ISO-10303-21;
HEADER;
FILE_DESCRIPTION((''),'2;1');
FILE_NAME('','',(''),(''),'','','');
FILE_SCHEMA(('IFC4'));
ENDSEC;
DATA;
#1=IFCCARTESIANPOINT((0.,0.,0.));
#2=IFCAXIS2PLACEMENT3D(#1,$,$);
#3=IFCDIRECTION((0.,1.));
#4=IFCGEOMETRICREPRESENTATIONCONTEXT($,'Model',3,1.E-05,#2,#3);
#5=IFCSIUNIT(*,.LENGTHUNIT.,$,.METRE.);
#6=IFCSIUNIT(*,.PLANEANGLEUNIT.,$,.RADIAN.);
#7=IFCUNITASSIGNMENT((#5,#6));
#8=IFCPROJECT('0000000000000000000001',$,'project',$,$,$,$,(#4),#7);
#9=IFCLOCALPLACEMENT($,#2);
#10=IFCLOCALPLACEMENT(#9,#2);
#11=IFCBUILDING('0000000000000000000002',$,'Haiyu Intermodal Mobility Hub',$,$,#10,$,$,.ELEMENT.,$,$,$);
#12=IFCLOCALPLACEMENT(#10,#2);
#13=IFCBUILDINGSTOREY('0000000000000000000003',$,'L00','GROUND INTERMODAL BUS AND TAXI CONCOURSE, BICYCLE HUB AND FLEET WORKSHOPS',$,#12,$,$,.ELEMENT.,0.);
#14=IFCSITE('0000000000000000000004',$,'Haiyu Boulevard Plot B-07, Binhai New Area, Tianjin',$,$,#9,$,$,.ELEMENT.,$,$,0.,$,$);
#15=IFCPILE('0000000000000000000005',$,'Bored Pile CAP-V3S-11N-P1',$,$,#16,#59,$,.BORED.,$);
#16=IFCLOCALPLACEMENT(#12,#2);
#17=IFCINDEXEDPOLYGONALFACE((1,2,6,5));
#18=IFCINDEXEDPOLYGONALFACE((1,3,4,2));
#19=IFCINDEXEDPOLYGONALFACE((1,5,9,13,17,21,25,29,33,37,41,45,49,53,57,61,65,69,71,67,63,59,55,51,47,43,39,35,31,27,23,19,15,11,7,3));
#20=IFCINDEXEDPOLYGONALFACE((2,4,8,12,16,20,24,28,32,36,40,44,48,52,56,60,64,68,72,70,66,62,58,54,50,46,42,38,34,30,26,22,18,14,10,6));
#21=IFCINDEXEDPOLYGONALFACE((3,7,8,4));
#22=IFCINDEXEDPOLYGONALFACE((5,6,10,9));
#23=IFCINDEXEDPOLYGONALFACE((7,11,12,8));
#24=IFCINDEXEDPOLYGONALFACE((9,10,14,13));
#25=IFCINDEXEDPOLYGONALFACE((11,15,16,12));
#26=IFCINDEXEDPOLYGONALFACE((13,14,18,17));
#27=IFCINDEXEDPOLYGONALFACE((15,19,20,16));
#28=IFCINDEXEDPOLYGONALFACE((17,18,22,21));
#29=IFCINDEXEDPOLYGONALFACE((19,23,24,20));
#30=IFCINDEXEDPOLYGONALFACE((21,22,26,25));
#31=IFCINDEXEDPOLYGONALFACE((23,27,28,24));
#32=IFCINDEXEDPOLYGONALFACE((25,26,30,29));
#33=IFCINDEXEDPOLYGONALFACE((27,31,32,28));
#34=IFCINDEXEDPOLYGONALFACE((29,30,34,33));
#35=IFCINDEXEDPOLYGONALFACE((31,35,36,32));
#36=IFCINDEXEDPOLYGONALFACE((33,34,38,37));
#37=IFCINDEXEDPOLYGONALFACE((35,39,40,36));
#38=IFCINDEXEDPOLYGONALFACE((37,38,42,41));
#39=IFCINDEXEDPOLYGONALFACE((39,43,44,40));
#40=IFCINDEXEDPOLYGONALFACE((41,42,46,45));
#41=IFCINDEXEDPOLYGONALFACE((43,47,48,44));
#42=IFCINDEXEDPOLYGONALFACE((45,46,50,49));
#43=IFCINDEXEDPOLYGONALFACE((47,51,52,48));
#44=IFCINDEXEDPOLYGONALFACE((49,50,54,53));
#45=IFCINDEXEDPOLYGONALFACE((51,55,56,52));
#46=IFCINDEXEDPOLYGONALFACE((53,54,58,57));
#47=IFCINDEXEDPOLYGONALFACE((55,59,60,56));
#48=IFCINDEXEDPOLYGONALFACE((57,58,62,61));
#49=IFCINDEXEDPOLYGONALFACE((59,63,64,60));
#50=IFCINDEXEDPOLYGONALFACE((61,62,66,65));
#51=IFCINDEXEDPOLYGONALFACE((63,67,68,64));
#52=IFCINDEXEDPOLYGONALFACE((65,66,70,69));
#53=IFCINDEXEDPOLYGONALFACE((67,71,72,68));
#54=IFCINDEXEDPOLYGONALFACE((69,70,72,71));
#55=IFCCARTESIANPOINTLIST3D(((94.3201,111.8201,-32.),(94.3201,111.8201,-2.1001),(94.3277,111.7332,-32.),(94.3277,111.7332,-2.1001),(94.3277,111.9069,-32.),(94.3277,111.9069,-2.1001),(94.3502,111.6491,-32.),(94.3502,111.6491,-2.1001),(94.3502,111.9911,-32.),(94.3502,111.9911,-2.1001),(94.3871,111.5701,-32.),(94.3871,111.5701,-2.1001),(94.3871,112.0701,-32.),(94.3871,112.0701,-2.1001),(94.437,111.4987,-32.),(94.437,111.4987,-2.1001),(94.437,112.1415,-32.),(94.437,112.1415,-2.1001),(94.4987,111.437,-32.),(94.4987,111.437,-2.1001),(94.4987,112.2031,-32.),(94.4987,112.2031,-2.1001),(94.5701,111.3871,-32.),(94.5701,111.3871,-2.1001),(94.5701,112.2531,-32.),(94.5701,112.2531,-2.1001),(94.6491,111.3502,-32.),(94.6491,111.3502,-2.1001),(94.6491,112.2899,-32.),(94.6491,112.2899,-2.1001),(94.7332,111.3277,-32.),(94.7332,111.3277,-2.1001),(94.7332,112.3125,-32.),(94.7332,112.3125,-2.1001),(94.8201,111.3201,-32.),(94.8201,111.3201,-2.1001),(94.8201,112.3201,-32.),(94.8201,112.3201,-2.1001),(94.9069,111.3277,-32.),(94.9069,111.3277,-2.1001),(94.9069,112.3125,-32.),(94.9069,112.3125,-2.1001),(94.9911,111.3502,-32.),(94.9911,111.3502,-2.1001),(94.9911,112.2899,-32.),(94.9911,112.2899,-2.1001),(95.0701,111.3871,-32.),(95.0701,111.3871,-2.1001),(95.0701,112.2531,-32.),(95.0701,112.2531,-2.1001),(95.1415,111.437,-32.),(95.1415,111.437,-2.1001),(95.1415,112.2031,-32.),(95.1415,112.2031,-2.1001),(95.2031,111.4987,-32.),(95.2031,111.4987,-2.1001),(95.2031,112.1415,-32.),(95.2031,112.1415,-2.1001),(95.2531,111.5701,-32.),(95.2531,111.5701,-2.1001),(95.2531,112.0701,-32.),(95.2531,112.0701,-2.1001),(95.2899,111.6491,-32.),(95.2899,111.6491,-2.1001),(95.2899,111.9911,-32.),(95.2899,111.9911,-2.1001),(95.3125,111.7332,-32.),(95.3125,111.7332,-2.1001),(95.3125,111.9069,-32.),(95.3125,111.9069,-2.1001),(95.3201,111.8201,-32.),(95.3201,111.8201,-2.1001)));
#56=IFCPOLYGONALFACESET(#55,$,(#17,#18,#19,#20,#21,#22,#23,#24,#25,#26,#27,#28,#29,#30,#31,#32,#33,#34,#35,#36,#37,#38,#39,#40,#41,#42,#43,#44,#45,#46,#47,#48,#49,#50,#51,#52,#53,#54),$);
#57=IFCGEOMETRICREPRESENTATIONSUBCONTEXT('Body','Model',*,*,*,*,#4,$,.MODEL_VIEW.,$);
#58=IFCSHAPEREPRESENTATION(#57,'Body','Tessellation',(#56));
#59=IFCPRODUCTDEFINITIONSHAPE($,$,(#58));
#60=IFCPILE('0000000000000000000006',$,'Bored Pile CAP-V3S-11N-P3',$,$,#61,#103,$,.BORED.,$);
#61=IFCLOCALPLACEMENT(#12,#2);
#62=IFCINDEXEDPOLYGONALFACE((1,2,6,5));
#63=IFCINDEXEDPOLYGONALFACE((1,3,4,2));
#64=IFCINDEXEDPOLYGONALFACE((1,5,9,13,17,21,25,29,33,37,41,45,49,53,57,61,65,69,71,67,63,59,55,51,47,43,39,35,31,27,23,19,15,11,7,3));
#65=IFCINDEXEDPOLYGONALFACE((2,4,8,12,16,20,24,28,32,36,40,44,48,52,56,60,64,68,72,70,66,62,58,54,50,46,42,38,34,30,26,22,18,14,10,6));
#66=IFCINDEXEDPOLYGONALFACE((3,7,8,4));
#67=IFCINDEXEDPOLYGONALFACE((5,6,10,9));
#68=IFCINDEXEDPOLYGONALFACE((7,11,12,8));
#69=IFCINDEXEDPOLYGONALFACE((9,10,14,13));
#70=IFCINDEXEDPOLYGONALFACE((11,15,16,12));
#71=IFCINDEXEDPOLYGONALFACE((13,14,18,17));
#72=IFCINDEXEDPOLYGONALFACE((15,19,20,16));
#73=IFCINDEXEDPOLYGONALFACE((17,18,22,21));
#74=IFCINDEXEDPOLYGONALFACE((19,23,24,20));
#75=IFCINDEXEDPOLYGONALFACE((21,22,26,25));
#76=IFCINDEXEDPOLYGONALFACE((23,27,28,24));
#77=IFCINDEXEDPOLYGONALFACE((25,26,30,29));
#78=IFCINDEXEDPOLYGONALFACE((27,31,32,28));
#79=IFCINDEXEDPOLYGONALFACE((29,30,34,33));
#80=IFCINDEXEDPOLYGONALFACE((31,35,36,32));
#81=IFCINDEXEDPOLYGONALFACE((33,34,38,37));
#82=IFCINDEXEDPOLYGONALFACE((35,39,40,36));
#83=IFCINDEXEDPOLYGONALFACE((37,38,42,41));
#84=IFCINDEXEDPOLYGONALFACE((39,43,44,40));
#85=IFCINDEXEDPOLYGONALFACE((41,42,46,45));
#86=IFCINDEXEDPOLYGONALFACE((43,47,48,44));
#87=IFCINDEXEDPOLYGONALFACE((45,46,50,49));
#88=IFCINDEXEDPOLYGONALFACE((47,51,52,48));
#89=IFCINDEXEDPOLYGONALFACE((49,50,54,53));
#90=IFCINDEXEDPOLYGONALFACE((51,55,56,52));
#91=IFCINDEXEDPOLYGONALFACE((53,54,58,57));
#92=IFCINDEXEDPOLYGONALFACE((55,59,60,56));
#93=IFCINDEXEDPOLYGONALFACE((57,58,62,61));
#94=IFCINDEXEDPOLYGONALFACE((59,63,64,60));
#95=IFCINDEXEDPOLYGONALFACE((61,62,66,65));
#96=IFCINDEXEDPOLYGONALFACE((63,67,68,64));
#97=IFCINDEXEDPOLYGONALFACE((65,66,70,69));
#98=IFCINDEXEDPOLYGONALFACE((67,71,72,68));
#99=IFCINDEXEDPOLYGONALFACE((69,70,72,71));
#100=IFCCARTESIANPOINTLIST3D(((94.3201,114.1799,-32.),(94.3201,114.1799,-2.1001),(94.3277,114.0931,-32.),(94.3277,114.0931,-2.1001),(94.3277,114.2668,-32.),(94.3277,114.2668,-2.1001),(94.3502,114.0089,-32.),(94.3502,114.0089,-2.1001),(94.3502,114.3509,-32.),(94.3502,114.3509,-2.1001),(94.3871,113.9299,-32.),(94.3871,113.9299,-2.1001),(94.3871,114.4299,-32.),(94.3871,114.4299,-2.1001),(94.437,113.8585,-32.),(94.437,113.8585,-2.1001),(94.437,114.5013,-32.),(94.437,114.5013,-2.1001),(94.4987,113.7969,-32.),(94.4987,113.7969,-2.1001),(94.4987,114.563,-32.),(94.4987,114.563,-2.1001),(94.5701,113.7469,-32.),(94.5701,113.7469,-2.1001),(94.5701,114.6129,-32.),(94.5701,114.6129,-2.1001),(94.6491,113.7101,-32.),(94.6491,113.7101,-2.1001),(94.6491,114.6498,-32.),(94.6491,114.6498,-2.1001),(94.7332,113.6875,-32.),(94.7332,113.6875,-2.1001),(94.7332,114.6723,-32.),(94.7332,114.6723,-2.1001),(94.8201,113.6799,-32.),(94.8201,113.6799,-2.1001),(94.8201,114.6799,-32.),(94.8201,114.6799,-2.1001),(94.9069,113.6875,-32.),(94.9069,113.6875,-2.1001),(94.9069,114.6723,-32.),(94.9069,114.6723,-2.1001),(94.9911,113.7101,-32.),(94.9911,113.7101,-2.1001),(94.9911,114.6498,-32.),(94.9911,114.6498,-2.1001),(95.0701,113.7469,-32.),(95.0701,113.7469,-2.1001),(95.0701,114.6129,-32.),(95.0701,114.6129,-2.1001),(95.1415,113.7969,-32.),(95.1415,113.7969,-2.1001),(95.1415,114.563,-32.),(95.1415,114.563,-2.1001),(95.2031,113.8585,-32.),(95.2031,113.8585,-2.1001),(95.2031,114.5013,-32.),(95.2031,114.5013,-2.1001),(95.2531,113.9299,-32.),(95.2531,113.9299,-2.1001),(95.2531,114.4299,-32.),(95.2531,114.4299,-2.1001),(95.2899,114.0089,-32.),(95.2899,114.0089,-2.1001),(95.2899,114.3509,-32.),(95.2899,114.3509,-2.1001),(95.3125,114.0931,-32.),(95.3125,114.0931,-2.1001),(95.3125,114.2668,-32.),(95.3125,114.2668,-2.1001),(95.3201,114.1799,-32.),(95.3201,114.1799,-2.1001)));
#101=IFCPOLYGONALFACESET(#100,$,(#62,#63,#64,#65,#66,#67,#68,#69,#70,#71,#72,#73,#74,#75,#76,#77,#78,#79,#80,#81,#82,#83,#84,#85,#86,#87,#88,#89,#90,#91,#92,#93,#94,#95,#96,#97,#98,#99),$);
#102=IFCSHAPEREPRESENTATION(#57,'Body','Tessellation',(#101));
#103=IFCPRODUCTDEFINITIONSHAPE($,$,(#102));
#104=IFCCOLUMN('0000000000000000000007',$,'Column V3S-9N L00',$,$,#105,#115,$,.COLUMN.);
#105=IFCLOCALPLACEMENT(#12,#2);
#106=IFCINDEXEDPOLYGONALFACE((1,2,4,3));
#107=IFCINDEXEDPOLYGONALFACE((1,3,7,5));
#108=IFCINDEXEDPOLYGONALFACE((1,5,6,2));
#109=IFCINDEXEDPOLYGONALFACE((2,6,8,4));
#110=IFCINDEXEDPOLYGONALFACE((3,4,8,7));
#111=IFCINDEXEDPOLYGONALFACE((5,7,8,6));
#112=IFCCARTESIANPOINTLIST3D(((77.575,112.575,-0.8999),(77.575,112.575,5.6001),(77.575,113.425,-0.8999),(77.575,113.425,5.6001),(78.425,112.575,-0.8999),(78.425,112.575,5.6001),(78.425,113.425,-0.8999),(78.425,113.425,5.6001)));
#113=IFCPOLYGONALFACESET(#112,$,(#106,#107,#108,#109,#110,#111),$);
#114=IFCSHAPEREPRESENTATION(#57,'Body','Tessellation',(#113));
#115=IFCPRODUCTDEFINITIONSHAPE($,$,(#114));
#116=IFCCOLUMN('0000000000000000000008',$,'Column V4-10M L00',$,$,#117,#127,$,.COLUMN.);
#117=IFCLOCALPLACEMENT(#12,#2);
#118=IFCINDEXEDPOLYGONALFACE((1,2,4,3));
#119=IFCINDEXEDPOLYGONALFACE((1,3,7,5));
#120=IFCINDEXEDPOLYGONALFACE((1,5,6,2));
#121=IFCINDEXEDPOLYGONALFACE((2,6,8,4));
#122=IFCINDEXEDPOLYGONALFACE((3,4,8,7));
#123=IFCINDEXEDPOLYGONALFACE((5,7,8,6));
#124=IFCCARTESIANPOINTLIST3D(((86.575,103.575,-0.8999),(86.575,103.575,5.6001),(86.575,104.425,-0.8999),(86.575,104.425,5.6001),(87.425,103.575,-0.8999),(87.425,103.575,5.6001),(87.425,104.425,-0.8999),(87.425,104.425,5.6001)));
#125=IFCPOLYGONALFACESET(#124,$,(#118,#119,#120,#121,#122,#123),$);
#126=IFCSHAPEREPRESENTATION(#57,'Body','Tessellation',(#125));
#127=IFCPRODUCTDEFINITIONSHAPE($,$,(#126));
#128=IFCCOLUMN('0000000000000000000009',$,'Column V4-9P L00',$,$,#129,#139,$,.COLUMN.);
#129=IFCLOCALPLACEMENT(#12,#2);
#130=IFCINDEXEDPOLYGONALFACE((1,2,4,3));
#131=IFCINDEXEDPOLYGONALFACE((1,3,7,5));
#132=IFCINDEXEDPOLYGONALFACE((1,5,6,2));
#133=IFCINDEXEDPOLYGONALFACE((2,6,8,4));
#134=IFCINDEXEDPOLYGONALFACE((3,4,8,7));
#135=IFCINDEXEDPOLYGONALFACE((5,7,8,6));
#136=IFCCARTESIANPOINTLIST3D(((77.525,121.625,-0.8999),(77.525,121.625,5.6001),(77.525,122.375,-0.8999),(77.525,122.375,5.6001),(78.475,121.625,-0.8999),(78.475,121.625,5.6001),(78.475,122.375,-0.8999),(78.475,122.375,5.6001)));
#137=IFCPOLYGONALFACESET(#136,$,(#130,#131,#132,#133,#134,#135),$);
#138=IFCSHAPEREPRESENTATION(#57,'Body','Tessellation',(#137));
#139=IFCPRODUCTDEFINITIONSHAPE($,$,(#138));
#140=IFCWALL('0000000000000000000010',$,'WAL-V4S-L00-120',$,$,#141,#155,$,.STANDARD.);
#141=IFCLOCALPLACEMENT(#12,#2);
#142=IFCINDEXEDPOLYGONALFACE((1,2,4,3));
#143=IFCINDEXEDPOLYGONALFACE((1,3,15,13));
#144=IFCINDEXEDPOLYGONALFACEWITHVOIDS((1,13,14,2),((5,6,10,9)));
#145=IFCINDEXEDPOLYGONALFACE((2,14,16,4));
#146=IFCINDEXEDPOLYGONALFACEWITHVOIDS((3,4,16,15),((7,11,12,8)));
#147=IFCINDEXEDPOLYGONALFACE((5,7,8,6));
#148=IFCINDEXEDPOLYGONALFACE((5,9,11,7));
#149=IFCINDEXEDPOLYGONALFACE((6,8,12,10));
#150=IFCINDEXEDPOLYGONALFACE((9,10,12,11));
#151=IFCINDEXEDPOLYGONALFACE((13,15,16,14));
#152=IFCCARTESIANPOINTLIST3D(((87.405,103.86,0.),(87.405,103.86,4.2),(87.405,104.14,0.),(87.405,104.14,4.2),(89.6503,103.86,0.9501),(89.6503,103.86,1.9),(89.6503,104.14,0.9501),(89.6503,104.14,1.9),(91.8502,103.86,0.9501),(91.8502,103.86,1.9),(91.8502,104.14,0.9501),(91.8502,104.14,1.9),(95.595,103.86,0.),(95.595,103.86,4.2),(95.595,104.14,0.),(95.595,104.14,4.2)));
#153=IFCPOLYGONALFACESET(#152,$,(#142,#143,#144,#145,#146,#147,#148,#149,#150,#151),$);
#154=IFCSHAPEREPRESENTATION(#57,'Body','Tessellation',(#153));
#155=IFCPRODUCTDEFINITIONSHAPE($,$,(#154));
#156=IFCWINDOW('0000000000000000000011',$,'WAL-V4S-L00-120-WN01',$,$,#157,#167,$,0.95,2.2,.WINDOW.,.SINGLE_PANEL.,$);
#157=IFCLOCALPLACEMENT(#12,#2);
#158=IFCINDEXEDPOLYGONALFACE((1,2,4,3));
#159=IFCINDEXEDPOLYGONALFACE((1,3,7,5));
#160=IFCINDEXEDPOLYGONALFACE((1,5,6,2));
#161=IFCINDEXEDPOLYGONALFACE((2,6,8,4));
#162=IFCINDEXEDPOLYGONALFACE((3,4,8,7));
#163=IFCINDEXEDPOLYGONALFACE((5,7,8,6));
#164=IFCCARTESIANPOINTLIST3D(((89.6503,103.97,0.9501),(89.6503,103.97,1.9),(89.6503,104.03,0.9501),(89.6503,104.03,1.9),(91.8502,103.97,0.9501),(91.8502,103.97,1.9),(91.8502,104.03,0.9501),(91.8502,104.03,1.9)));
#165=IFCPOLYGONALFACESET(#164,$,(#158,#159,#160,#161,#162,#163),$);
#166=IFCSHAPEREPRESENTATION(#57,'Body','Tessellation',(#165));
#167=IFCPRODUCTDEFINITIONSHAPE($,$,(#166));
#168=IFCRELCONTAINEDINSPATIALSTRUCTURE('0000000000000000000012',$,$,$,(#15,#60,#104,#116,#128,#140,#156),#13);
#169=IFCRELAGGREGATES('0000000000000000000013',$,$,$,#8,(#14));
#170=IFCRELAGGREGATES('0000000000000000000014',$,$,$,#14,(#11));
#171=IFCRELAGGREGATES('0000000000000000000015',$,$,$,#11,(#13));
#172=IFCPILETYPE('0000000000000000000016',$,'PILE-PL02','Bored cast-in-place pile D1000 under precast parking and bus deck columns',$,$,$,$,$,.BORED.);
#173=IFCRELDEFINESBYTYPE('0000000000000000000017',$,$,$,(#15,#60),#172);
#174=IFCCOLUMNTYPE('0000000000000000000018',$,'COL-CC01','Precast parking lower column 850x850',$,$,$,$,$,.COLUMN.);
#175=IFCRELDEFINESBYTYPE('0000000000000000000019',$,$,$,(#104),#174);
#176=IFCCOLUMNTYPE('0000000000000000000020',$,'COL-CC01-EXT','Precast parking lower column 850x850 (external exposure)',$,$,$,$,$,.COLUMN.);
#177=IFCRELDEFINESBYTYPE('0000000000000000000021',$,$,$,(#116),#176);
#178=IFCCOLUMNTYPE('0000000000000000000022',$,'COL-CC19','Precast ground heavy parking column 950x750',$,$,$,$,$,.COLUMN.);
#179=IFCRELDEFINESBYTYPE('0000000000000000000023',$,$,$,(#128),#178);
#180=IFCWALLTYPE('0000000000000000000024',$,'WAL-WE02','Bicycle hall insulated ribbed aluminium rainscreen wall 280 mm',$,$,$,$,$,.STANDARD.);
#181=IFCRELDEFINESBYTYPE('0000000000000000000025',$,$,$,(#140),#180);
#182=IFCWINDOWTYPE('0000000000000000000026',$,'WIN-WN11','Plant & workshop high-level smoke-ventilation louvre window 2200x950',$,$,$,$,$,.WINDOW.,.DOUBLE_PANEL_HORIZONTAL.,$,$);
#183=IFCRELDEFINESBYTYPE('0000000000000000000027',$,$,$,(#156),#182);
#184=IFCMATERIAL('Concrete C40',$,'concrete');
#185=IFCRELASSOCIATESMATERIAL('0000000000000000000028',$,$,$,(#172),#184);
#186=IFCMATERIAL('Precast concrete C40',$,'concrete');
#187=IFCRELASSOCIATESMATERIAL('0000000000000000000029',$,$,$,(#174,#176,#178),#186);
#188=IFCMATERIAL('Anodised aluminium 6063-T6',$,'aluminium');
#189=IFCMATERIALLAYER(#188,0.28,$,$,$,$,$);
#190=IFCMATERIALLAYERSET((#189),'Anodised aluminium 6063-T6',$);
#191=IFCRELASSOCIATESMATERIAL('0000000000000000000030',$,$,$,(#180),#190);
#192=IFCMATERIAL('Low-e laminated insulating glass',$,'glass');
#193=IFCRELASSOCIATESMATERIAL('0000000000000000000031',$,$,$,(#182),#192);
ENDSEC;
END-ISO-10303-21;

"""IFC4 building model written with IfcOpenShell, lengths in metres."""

from ifc_helpers import new_model, si_unit, direction, frame, frame_2d, origin, origin_2d, place, context, subcontext, project, spatial, rectangle, circle, extrude, material, layer, layer_set, material_profile, profile_set, type_object, element, fill, save


model = new_model("IFC4")

# Units and contexts
model_context = context("Model", 3, precision=1e-05, world=origin(), true_north=direction((0.0, 1.0)))
body_context = subcontext(model_context, "Body", "Model", "MODEL_VIEW")
ifc_project = project(units=[si_unit("LENGTHUNIT", "METRE"), si_unit("PLANEANGLEUNIT", "RADIAN")], contexts=[model_context])

# Site, building, storey
site_placement = place(None, origin())
site = spatial("IfcSite", under=ifc_project, at=site_placement, Name="Haiyu Boulevard Plot B-07, Binhai New Area, Tianjin", CompositionType="ELEMENT", RefElevation=0.0)
building_placement = place(site_placement, origin())
building = spatial("IfcBuilding", under=site, at=building_placement, Name="Haiyu Intermodal Mobility Hub", CompositionType="ELEMENT")
storey_placement = place(building_placement, origin())
storey = spatial("IfcBuildingStorey", under=building, at=storey_placement, Name="L00", Description="GROUND INTERMODAL BUS AND TAXI CONCOURSE, BICYCLE HUB AND FLEET WORKSHOPS", CompositionType="ELEMENT", Elevation=0.0)

# Shared definitions
ifc_material_1 = material(Name="Concrete C40", Category="concrete")

# Piles
ifc_material_profile_1 = material_profile(ifc_material_1, circle(Radius=0.5, at=origin_2d()), Name="PILE-D1000")
ifc_profile_set_1 = profile_set([ifc_material_profile_1], Name="Concrete C40")
pile_type = type_object("IfcPileType", Name="PILE-PL02", Description="Bored cast-in-place pile D1000 under precast parking and bus deck columns", PredefinedType="BORED", material=ifc_profile_set_1)
for number, where, z_axis, x_axis, name in (
    (1, (94.8201, 111.8201, -2.1001), (0.0, 0.0, -1.0), (1.0, 0.0, 0.0), "Bored Pile CAP-V3S-11N-P1"),
    (2, (94.8201, 114.1799, -2.1001), (0.0, 0.0, -1.0), (1.0, 0.0, 0.0), "Bored Pile CAP-V3S-11N-P3"),
):
    element("IfcPile", number, at=place(storey_placement, frame(where, z_axis=z_axis, x_axis=x_axis)), inside=storey, type_object=pile_type, Name=name, PredefinedType="BORED", context=body_context, shape_type="SweptSolid", body=[
        extrude(circle(Radius=0.5, at=origin_2d()), origin(), (0.0, 0.0, 1.0), 29.8999),
    ])

# Columns
ifc_material_2 = material(Name="Precast concrete C40", Category="concrete")
ifc_material_profile_2 = material_profile(ifc_material_2, rectangle(XDim=0.8501, YDim=0.8501, at=origin_2d()), Name="RC850x850")
ifc_profile_set_2 = profile_set([ifc_material_profile_2], Name="Precast concrete C40")
column_type_1 = type_object("IfcColumnType", Name="COL-CC01", Description="Precast parking lower column 850x850", PredefinedType="COLUMN", material=ifc_profile_set_2)
column_1_placement = place(storey_placement, frame((78.0, 113.0, -0.8999), z_axis=(0.0, 0.0, 1.0), x_axis=(1.0, 0.0, 0.0)))
element("IfcColumn", 3, at=column_1_placement, inside=storey, type_object=column_type_1, Name="Column V3S-9N L00", PredefinedType="COLUMN", context=body_context, shape_type="SweptSolid", body=[
    extrude(rectangle(XDim=0.8501, YDim=0.8501, at=origin_2d()), origin(), (0.0, 0.0, 1.0), 6.5),
])
ifc_material_profile_3 = material_profile(ifc_material_2, rectangle(XDim=0.8501, YDim=0.8501, at=origin_2d()), Name="RC850x850")
ifc_profile_set_3 = profile_set([ifc_material_profile_3], Name="Precast concrete C40")
column_type_2 = type_object("IfcColumnType", Name="COL-CC01-EXT", Description="Precast parking lower column 850x850 (external exposure)", PredefinedType="COLUMN", material=ifc_profile_set_3)
column_2_placement = place(storey_placement, frame((87.0, 104.0, -0.8999), z_axis=(0.0, 0.0, 1.0), x_axis=(1.0, 0.0, 0.0)))
element("IfcColumn", 4, at=column_2_placement, inside=storey, type_object=column_type_2, Name="Column V4-10M L00", PredefinedType="COLUMN", context=body_context, shape_type="SweptSolid", body=[
    extrude(rectangle(XDim=0.8501, YDim=0.8501, at=origin_2d()), origin(), (0.0, 0.0, 1.0), 6.5),
])
ifc_material_profile_4 = material_profile(ifc_material_2, rectangle(XDim=0.95, YDim=0.75, at=origin_2d()), Name="C950x750")
ifc_profile_set_4 = profile_set([ifc_material_profile_4], Name="Precast concrete C40")
column_type_3 = type_object("IfcColumnType", Name="COL-CC19", Description="Precast ground heavy parking column 950x750", PredefinedType="COLUMN", material=ifc_profile_set_4)
column_3_placement = place(storey_placement, frame((78.0, 122.0, -0.8999), z_axis=(0.0, 0.0, 1.0), x_axis=(1.0, 0.0, 0.0)))
element("IfcColumn", 5, at=column_3_placement, inside=storey, type_object=column_type_3, Name="Column V4-9P L00", PredefinedType="COLUMN", context=body_context, shape_type="SweptSolid", body=[
    extrude(rectangle(XDim=0.95, YDim=0.75, at=origin_2d()), origin(), (0.0, 0.0, 1.0), 6.5),
])

# Wall, opening, window
ifc_material_3 = material(Name="Anodised aluminium 6063-T6", Category="aluminium")
ifc_layer_1 = layer(ifc_material_3, 0.28)
ifc_layer_set_1 = layer_set([ifc_layer_1], Name="Anodised aluminium 6063-T6")
wall_type = type_object("IfcWallType", Name="WAL-WE02", Description="Bicycle hall insulated ribbed aluminium rainscreen wall 280 mm", PredefinedType="STANDARD", material=ifc_layer_set_1)
wall_placement = place(storey_placement, frame((87.405, 104.0, 0.0), z_axis=(0.0, 0.0, 1.0), x_axis=(1.0, 0.0, 0.0)))
wall = element("IfcWall", 6, at=wall_placement, inside=storey, type_object=wall_type, Name="WAL-V4S-L00-120", PredefinedType="STANDARD", context=body_context, shape_type="SweptSolid", body=[
    extrude(rectangle(XDim=8.1899, YDim=0.28, at=frame_2d((4.095, 0.0))), origin(), (0.0, 0.0, 1.0), 4.2),
])
opening_placement = place(wall_placement, frame((2.2451, 0.0, 0.95)))
opening = element("IfcOpeningElement", 7, at=opening_placement, cuts=wall, PredefinedType="OPENING", context=body_context, shape_type="SweptSolid", body=[
    extrude(rectangle(XDim=2.2, YDim=0.95, at=frame_2d((1.1001, 0.4751))), frame((0.0, 0.1499, 0.0), z_axis=(0.0, -1.0, 0.0), x_axis=(1.0, 0.0, 0.0)), (0.0, 0.0, 1.0), 0.3),
])
ifc_material_4 = material(Name="Low-e laminated insulating glass", Category="glass")
window_type = type_object("IfcWindowType", Name="WIN-WN11", Description="Plant & workshop high-level smoke-ventilation louvre window 2200x950", PartitioningType="DOUBLE_PANEL_HORIZONTAL", PredefinedType="WINDOW", material=ifc_material_4)
window_placement = place(opening_placement, origin())
window = element("IfcWindow", 8, at=window_placement, inside=storey, type_object=window_type, Name="WAL-V4S-L00-120-WN01", OverallHeight=0.95, OverallWidth=2.2, PartitioningType="SINGLE_PANEL", PredefinedType="WINDOW", context=body_context, shape_type="SweptSolid", body=[
    extrude(rectangle(XDim=2.2, YDim=0.95, at=frame_2d((1.1001, 0.4751))), frame((0.0, 0.03, 0.0), z_axis=(0.0, -1.0, 0.0), x_axis=(1.0, 0.0, 0.0)), (0.0, 0.0, 1.0), 0.0601),
])
fill(opening, window)

save(model, "model.ifc")
